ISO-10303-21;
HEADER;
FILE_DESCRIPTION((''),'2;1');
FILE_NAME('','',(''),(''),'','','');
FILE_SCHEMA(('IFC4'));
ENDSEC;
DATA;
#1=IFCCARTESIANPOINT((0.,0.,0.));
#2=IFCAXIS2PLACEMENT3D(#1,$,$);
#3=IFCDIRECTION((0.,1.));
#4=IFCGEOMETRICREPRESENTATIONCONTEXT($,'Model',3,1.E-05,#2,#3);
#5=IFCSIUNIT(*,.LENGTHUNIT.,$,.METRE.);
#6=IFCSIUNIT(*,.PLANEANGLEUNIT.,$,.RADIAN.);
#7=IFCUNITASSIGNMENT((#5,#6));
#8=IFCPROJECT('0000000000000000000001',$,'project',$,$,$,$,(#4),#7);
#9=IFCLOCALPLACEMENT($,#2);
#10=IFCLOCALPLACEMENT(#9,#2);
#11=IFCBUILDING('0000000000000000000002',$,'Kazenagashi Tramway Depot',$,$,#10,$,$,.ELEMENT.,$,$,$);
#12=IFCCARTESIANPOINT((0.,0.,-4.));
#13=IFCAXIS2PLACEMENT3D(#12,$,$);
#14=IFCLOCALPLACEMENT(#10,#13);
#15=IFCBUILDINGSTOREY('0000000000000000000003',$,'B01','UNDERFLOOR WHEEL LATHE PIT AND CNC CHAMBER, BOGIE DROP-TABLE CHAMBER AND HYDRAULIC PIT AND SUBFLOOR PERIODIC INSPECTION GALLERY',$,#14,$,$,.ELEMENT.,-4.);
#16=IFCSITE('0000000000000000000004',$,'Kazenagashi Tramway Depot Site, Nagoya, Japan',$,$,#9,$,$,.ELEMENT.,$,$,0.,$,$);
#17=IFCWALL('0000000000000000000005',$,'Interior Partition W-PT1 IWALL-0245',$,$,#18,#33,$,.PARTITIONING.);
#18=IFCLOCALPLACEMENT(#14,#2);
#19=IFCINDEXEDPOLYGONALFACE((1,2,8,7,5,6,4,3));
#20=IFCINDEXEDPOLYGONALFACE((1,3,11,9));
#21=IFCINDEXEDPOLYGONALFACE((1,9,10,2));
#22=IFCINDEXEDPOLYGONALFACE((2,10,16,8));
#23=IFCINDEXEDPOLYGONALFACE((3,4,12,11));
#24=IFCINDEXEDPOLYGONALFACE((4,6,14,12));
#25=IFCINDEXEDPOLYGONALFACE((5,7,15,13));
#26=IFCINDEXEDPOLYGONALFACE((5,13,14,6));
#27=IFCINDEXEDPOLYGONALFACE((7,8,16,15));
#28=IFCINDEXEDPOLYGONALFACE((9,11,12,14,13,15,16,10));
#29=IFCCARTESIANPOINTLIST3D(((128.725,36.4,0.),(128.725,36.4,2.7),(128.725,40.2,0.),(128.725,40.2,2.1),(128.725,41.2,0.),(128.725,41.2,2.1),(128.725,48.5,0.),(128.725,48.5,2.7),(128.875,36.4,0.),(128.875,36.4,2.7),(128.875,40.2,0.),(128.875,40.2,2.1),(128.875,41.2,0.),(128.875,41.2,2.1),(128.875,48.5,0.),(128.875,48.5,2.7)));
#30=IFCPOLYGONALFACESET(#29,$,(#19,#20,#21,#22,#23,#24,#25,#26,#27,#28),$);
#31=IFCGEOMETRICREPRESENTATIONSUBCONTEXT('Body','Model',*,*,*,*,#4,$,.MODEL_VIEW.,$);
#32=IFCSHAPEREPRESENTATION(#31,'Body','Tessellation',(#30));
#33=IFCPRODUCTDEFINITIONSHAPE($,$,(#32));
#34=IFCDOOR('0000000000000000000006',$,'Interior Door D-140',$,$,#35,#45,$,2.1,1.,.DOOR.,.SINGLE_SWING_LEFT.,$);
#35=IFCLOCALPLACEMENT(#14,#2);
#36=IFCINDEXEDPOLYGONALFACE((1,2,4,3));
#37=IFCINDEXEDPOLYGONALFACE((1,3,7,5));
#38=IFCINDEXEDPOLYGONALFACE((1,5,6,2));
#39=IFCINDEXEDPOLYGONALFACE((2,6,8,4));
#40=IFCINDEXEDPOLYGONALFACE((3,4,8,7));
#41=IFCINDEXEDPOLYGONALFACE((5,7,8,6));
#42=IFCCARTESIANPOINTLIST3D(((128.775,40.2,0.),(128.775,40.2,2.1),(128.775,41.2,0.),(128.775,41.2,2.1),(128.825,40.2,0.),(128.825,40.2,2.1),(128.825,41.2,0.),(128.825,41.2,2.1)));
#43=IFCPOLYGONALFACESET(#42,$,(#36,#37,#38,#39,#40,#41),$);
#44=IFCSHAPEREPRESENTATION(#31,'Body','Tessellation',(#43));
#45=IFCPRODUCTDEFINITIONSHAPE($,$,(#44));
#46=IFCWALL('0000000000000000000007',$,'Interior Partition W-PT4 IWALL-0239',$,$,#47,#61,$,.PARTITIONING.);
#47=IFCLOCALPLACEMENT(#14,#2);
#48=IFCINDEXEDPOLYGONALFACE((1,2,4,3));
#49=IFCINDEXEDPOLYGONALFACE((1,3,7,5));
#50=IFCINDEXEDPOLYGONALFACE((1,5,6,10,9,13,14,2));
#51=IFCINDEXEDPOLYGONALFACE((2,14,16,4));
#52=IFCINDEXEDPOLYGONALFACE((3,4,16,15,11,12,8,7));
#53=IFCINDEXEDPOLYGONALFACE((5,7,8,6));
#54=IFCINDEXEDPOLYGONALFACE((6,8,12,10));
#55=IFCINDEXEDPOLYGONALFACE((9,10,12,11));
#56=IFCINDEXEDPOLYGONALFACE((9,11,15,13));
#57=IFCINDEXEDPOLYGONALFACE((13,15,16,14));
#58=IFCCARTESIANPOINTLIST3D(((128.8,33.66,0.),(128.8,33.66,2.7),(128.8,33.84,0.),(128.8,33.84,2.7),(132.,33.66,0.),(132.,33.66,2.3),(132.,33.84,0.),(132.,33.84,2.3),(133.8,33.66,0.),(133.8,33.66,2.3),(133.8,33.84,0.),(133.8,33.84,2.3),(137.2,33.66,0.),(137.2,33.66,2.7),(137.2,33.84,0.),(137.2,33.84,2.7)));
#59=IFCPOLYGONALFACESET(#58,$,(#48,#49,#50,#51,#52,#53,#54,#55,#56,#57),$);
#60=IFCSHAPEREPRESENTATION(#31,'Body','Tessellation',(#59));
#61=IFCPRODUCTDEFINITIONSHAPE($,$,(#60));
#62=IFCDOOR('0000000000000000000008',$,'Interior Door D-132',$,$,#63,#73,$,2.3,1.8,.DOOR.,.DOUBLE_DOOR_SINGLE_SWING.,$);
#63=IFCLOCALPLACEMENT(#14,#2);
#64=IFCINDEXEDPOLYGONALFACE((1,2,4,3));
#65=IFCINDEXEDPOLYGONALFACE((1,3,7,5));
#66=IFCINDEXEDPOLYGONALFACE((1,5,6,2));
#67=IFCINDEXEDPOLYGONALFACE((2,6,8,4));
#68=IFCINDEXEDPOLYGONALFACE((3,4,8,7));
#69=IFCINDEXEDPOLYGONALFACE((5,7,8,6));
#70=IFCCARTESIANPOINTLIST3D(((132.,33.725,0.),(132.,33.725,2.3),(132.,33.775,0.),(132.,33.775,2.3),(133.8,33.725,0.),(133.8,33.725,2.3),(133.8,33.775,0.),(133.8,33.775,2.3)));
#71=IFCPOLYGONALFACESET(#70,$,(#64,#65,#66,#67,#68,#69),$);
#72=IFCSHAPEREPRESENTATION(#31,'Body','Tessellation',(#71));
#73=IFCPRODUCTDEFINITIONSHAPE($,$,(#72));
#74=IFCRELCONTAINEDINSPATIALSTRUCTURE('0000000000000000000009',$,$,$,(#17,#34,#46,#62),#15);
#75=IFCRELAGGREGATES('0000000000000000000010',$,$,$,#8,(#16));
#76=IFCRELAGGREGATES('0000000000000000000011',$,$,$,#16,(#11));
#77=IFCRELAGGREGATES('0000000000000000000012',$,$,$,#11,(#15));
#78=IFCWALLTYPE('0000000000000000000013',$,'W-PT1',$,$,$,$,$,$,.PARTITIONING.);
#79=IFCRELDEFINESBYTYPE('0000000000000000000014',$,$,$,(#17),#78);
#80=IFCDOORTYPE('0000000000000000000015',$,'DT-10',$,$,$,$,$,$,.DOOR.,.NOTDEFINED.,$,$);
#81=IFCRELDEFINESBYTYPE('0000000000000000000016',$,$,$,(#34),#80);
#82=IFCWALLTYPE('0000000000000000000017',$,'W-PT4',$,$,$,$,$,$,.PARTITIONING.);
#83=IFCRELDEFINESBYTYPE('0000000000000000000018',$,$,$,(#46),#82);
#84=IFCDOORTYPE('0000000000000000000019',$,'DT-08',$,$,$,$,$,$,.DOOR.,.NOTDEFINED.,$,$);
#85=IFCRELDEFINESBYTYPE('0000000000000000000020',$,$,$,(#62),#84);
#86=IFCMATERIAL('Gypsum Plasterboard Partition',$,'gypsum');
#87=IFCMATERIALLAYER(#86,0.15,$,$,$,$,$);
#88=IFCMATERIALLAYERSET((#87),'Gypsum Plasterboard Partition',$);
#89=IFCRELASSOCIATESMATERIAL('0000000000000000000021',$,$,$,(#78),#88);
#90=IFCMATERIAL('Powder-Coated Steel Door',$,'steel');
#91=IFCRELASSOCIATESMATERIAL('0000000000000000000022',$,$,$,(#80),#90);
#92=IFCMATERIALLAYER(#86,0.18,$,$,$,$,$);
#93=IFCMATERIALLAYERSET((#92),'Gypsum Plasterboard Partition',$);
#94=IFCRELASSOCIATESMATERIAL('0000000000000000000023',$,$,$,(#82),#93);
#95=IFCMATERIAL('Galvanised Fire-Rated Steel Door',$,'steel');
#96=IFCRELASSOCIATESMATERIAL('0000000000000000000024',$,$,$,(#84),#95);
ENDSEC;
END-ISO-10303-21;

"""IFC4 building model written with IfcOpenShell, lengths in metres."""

from ifc_helpers import new_model, si_unit, direction, frame, frame_2d, origin, place, context, subcontext, project, spatial, rectangle, extrude, material, layer, layer_set, type_object, element, fill, save


model = new_model("IFC4")

# Units and contexts
model_context = context("Model", 3, precision=1e-05, world=origin(), true_north=direction((0.0, 1.0)))
body_context = subcontext(model_context, "Body", "Model", "MODEL_VIEW")
ifc_project = project(units=[si_unit("LENGTHUNIT", "METRE"), si_unit("PLANEANGLEUNIT", "RADIAN")], contexts=[model_context])

# Site, building, storey
site_placement = place(None, origin())
site = spatial("IfcSite", under=ifc_project, at=site_placement, Name="Kazenagashi Tramway Depot Site, Nagoya, Japan", CompositionType="ELEMENT", RefElevation=0.0)
building_placement = place(site_placement, origin())
building = spatial("IfcBuilding", under=site, at=building_placement, Name="Kazenagashi Tramway Depot", CompositionType="ELEMENT")
storey_placement = place(building_placement, frame((0.0, 0.0, -4.0)))
storey = spatial("IfcBuildingStorey", under=building, at=storey_placement, Name="B01", Description="UNDERFLOOR WHEEL LATHE PIT AND CNC CHAMBER, BOGIE DROP-TABLE CHAMBER AND HYDRAULIC PIT AND SUBFLOOR PERIODIC INSPECTION GALLERY", CompositionType="ELEMENT", Elevation=-4.0)

# Walls, openings, doors
ifc_material_1 = material(Name="Gypsum Plasterboard Partition", Category="gypsum")
ifc_layer_1 = layer(ifc_material_1, 0.15)
ifc_layer_set_1 = layer_set([ifc_layer_1], Name="Gypsum Plasterboard Partition")
wall_type_1 = type_object("IfcWallType", Name="W-PT1", PredefinedType="PARTITIONING", material=ifc_layer_set_1)
wall_1_placement = place(storey_placement, frame((128.8, 36.4, 0.0), z_axis=(0.0, 0.0, 1.0), x_axis=(0.0, 1.0, 0.0)))
wall_1 = element("IfcWall", 1, at=wall_1_placement, inside=storey, type_object=wall_type_1, Name="Interior Partition W-PT1 IWALL-0245", PredefinedType="PARTITIONING", context=body_context, shape_type="SweptSolid", body=[
    extrude(rectangle(XDim=12.1, YDim=0.15, at=frame_2d((6.05, 0.0))), origin(), (0.0, 0.0, 1.0), 2.7),
])
opening_1_placement = place(wall_1_placement, frame((3.8, 0.0, 0.0)))
opening_1 = element("IfcOpeningElement", 2, at=opening_1_placement, cuts=wall_1, PredefinedType="OPENING", context=body_context, shape_type="SweptSolid", body=[
    extrude(rectangle(XDim=1.0, YDim=2.1, at=frame_2d((0.5, 1.05))), frame((0.0, 0.085, 0.0), z_axis=(0.0, -1.0, 0.0), x_axis=(1.0, 0.0, 0.0)), (0.0, 0.0, 1.0), 0.17),
])
ifc_material_2 = material(Name="Powder-Coated Steel Door", Category="steel")
door_type_1 = type_object("IfcDoorType", Name="DT-10", OperationType="NOTDEFINED", PredefinedType="DOOR", material=ifc_material_2)
door_1_placement = place(opening_1_placement, origin())
door_1 = element("IfcDoor", 3, at=door_1_placement, inside=storey, type_object=door_type_1, Name="Interior Door D-140", OperationType="SINGLE_SWING_LEFT", OverallHeight=2.1, OverallWidth=1.0, PredefinedType="DOOR", context=body_context, shape_type="SweptSolid", body=[
    extrude(rectangle(XDim=1.0, YDim=2.1, at=frame_2d((0.5, 1.05))), frame((0.0, 0.025, 0.0), z_axis=(0.0, -1.0, 0.0), x_axis=(1.0, 0.0, 0.0)), (0.0, 0.0, 1.0), 0.05),
])
fill(opening_1, door_1)
ifc_layer_2 = layer(ifc_material_1, 0.18)
ifc_layer_set_2 = layer_set([ifc_layer_2], Name="Gypsum Plasterboard Partition")
wall_type_2 = type_object("IfcWallType", Name="W-PT4", PredefinedType="PARTITIONING", material=ifc_layer_set_2)
wall_2_placement = place(storey_placement, frame((128.8, 33.75, 0.0), z_axis=(0.0, 0.0, 1.0), x_axis=(1.0, 0.0, 0.0)))
wall_2 = element("IfcWall", 4, at=wall_2_placement, inside=storey, type_object=wall_type_2, Name="Interior Partition W-PT4 IWALL-0239", PredefinedType="PARTITIONING", context=body_context, shape_type="SweptSolid", body=[
    extrude(rectangle(XDim=8.4, YDim=0.18, at=frame_2d((4.2, 0.0))), origin(), (0.0, 0.0, 1.0), 2.7),
])
opening_2_placement = place(wall_2_placement, frame((3.2, 0.0, 0.0)))
opening_2 = element("IfcOpeningElement", 5, at=opening_2_placement, cuts=wall_2, PredefinedType="OPENING", context=body_context, shape_type="SweptSolid", body=[
    extrude(rectangle(XDim=1.8, YDim=2.3, at=frame_2d((0.9, 1.15))), frame((0.0, 0.1, 0.0), z_axis=(0.0, -1.0, 0.0), x_axis=(1.0, 0.0, 0.0)), (0.0, 0.0, 1.0), 0.2),
])
ifc_material_3 = material(Name="Galvanised Fire-Rated Steel Door", Category="steel")
door_type_2 = type_object("IfcDoorType", Name="DT-08", OperationType="NOTDEFINED", PredefinedType="DOOR", material=ifc_material_3)
door_2_placement = place(opening_2_placement, origin())
door_2 = element("IfcDoor", 6, at=door_2_placement, inside=storey, type_object=door_type_2, Name="Interior Door D-132", OperationType="DOUBLE_DOOR_SINGLE_SWING", OverallHeight=2.3, OverallWidth=1.8, PredefinedType="DOOR", context=body_context, shape_type="SweptSolid", body=[
    extrude(rectangle(XDim=1.8, YDim=2.3, at=frame_2d((0.9, 1.15))), frame((0.0, 0.025, 0.0), z_axis=(0.0, -1.0, 0.0), x_axis=(1.0, 0.0, 0.0)), (0.0, 0.0, 1.0), 0.05),
])
fill(opening_2, door_2)

save(model, "model.ifc")
